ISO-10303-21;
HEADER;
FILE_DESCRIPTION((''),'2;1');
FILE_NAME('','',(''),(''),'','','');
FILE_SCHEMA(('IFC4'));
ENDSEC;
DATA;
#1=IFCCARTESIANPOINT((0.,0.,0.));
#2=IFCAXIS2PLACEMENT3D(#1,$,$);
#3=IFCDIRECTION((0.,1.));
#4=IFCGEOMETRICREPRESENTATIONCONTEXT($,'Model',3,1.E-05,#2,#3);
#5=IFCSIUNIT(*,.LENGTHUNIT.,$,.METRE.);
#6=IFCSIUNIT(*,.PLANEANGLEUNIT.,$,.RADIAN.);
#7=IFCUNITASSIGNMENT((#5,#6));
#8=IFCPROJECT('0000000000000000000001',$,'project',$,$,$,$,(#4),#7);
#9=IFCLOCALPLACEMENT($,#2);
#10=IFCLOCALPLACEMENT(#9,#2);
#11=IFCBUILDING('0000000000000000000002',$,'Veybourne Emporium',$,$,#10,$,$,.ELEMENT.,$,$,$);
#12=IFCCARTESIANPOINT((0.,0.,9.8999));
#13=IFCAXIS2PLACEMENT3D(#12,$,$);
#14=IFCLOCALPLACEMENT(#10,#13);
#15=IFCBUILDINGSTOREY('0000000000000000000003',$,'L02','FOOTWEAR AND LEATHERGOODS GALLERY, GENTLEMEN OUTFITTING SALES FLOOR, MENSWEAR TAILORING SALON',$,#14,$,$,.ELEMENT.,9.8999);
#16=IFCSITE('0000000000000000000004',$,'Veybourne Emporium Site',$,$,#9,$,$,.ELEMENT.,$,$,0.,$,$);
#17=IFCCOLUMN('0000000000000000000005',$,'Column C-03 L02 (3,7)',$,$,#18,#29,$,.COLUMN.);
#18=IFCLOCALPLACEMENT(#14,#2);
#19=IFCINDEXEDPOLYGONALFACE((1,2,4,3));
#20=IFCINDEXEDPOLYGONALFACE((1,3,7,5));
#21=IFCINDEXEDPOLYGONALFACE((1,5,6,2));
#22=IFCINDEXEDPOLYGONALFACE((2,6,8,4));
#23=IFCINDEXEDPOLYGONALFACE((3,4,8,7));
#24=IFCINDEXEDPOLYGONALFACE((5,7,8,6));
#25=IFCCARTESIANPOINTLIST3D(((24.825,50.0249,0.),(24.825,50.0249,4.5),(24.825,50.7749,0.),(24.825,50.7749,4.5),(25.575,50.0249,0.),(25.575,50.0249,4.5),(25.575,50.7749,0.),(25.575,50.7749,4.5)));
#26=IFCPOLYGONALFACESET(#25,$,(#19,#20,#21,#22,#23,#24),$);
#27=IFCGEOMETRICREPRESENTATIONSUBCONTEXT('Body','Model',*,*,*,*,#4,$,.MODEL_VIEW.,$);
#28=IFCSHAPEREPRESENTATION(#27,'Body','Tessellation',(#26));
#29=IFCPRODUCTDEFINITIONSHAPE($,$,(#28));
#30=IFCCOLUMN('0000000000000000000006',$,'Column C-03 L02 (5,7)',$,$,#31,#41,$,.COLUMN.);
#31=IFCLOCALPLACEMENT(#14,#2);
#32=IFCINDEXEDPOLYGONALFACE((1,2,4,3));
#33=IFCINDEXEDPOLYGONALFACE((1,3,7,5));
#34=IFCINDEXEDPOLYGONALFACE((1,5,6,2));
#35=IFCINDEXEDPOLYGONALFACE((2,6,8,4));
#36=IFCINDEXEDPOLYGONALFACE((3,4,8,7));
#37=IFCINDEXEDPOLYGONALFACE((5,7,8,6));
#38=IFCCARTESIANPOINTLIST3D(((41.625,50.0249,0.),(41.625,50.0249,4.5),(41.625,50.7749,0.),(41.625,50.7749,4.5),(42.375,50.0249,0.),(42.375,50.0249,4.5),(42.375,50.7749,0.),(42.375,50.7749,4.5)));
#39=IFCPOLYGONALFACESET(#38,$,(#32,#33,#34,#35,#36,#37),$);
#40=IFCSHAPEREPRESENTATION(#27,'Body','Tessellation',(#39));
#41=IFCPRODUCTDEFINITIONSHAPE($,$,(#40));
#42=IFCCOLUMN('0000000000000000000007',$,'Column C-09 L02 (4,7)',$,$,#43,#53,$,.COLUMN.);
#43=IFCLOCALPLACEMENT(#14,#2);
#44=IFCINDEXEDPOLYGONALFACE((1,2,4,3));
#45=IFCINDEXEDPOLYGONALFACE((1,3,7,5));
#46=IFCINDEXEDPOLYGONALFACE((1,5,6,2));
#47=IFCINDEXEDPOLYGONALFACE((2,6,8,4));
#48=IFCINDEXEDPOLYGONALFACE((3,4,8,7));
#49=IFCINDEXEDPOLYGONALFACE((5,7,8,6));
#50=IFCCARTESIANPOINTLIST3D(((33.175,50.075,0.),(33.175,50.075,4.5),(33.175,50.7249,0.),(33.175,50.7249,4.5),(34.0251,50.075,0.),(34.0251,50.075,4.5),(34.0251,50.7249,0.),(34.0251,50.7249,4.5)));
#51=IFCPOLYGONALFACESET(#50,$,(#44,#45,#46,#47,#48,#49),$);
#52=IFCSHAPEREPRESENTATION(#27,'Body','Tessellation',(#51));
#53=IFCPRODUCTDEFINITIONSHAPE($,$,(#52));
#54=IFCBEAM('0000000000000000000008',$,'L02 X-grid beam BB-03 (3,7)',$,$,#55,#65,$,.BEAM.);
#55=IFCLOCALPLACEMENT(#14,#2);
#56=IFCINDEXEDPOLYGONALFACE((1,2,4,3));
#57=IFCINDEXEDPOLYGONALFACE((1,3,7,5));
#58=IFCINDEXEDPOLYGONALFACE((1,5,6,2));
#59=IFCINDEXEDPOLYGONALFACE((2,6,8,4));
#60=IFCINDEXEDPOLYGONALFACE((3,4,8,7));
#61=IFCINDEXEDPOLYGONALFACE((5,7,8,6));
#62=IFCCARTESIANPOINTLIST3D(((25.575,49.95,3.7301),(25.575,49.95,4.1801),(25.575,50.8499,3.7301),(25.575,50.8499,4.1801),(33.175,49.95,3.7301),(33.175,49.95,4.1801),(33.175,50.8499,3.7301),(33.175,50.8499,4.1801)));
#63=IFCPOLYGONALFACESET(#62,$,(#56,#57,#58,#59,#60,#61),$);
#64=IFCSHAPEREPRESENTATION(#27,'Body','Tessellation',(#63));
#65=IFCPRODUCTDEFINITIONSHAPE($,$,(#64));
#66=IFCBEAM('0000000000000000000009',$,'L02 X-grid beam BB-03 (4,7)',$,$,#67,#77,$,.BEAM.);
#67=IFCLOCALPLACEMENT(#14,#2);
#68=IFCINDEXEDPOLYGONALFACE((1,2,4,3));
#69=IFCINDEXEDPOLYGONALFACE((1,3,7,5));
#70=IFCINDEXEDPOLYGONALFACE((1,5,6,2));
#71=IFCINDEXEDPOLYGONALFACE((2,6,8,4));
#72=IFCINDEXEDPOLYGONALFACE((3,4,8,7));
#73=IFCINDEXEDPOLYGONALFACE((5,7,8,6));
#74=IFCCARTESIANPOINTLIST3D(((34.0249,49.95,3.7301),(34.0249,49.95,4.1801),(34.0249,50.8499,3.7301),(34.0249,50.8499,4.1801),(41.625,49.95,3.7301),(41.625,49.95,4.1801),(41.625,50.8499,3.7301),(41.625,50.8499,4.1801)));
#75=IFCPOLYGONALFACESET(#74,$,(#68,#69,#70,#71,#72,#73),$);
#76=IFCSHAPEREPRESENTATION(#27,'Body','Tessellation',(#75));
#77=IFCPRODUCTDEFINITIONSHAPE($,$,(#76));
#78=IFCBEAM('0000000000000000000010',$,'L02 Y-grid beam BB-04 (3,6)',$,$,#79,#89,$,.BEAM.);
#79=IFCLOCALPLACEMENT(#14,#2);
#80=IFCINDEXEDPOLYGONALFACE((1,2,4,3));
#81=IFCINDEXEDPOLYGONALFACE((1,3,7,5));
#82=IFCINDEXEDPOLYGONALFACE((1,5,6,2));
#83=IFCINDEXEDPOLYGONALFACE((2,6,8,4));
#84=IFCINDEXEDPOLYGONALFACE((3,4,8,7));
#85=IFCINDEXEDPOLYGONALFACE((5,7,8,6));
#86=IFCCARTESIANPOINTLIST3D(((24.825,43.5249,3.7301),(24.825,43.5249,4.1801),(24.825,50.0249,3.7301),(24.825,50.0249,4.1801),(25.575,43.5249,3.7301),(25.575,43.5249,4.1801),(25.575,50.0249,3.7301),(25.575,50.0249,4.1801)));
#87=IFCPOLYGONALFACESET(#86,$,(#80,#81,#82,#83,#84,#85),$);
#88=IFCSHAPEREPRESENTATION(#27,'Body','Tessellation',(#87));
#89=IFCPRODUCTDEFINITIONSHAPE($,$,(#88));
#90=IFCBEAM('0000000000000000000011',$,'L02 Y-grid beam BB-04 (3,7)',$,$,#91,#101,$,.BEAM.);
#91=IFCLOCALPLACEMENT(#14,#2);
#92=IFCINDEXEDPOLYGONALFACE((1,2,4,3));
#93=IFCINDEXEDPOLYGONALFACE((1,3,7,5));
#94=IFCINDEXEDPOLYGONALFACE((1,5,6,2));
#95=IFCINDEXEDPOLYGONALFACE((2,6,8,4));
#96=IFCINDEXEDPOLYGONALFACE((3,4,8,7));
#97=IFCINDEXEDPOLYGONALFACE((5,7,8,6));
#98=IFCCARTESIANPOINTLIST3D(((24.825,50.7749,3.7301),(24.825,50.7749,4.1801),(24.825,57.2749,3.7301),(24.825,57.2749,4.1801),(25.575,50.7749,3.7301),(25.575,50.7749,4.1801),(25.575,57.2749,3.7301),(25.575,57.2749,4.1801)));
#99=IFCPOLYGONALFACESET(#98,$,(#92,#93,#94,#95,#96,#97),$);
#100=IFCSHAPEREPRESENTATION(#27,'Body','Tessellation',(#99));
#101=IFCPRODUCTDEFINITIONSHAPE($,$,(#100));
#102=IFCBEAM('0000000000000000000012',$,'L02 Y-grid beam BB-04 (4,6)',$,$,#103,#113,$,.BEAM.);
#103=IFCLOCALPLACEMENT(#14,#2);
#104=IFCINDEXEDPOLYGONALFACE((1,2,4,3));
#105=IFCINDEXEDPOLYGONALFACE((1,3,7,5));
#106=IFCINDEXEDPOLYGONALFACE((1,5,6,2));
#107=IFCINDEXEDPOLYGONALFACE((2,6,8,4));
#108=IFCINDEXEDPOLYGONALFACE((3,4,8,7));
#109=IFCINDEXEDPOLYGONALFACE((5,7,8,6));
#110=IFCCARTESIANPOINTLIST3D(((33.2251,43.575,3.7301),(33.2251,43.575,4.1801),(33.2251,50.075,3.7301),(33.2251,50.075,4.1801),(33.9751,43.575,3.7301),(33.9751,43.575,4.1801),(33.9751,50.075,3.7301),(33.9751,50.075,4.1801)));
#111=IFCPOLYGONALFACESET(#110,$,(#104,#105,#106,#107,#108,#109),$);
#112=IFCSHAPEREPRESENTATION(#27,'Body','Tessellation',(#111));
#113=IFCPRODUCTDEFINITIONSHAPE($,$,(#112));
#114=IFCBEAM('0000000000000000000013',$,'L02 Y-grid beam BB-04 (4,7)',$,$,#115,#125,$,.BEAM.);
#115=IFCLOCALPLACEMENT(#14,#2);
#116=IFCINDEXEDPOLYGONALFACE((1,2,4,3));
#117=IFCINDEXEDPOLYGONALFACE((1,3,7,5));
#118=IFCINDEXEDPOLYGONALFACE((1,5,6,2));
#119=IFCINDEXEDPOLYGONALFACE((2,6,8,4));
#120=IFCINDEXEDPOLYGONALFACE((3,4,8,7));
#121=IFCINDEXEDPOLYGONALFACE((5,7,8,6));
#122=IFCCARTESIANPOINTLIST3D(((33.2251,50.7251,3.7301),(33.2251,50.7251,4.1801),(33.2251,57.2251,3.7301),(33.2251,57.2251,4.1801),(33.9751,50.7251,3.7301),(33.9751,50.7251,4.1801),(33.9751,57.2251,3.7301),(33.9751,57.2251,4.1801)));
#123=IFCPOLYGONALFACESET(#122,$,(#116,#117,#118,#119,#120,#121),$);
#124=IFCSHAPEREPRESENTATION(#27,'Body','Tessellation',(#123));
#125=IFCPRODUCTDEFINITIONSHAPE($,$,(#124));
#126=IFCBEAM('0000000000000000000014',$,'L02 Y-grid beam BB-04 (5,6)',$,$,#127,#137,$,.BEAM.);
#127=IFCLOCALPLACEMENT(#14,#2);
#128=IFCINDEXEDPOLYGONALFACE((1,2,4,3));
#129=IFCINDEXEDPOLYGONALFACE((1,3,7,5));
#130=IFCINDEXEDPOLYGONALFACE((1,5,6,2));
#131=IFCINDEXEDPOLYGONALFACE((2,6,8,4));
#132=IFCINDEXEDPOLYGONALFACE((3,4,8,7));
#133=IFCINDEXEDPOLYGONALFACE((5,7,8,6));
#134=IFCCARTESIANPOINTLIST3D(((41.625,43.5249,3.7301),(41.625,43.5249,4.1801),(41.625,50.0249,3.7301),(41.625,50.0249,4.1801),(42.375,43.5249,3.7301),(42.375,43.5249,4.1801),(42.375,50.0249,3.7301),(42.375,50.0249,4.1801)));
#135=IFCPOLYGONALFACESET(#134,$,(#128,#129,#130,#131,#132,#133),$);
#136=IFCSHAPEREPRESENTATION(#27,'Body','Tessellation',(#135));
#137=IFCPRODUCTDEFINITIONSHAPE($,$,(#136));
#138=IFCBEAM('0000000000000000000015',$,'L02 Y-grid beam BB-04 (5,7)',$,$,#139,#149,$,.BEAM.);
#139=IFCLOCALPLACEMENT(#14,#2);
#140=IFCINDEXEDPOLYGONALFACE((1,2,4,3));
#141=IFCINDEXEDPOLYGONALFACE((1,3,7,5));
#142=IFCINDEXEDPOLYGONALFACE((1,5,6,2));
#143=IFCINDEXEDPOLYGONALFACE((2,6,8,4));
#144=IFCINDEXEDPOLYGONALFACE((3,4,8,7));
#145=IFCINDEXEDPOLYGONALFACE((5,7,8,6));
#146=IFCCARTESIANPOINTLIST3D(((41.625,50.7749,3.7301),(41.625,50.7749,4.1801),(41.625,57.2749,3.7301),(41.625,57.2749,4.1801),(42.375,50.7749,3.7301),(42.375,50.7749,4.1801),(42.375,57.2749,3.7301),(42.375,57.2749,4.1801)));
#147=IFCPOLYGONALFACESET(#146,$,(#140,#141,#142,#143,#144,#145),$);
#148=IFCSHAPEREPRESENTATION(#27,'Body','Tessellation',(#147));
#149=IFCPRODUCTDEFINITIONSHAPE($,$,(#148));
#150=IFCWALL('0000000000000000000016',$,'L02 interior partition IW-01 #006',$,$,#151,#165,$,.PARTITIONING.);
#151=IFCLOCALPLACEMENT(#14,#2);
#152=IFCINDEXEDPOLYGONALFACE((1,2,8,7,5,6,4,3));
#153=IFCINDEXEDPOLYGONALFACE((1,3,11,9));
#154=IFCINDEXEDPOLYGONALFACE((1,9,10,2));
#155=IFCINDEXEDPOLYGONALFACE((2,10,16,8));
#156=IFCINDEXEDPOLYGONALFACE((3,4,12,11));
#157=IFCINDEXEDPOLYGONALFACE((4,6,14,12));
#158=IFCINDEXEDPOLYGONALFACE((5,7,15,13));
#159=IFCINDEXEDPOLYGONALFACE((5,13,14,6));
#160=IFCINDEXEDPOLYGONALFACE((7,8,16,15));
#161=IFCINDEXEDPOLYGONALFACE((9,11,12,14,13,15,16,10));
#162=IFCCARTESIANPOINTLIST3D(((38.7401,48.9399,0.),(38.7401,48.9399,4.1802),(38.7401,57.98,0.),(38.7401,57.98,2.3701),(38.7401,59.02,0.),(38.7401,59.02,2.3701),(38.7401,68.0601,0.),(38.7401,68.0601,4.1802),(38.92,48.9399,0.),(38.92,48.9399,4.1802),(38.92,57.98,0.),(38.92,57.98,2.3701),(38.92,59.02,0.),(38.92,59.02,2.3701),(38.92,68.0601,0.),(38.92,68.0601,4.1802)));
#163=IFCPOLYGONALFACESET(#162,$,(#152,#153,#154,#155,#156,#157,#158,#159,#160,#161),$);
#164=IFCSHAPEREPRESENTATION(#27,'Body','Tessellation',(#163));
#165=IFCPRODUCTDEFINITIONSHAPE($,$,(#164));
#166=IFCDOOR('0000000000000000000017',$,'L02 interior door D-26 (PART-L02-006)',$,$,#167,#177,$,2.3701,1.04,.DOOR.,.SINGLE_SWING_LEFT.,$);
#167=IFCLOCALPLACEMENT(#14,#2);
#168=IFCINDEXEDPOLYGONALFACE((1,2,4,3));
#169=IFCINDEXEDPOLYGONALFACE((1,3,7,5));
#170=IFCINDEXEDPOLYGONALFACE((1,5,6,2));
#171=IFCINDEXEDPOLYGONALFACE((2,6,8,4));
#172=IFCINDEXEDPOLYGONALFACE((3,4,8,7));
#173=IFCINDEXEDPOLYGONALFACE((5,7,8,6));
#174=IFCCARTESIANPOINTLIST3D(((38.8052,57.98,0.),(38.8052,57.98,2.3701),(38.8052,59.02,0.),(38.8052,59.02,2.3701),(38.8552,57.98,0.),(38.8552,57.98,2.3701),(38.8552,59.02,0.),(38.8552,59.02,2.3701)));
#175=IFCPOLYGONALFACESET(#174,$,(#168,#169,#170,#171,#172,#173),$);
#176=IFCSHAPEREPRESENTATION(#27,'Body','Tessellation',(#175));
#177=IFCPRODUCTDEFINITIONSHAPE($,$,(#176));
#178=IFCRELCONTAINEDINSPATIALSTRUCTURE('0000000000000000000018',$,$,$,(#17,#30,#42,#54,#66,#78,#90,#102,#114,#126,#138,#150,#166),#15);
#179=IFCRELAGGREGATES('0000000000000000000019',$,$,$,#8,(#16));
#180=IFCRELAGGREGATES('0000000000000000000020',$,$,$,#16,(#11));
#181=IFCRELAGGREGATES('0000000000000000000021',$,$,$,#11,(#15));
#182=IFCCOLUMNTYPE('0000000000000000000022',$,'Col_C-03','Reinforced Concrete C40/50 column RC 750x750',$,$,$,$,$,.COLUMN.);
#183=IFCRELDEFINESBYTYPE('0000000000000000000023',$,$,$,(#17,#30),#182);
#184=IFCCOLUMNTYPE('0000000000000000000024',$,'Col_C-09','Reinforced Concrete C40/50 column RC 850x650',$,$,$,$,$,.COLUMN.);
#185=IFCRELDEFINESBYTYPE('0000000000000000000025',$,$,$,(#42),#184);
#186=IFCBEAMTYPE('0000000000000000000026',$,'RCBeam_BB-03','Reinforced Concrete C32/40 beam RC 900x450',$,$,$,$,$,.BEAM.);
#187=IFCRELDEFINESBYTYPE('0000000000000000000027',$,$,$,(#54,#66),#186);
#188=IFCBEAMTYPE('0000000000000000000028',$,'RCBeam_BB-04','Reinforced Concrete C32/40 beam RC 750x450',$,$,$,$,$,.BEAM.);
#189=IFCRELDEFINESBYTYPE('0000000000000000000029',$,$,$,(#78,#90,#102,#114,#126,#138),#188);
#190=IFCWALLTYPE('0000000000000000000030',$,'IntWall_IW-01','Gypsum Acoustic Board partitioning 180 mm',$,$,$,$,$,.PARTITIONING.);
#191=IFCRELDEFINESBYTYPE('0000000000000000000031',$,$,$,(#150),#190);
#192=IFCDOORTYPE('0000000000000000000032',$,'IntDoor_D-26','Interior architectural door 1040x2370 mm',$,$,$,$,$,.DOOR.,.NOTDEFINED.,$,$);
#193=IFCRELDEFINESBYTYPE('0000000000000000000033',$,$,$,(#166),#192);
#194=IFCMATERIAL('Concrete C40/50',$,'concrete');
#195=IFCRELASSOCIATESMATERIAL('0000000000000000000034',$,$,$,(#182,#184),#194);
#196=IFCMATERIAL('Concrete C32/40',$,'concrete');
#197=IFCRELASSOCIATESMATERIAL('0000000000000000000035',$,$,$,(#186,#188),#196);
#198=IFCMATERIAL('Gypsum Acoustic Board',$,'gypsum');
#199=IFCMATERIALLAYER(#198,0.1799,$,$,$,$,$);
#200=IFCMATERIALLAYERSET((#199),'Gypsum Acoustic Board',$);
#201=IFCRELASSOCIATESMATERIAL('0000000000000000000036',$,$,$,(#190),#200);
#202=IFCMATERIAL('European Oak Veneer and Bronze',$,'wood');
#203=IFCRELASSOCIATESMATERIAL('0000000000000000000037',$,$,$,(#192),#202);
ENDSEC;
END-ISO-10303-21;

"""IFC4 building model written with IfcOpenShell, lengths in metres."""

from ifc_helpers import new_model, si_unit, direction, frame, frame_2d, origin, origin_2d, place, context, subcontext, project, spatial, rectangle, extrude, material, layer, layer_set, material_profile, profile_set, type_object, element, fill, save


model = new_model("IFC4")

# Units and contexts
model_context = context("Model", 3, precision=1e-05, world=origin(), true_north=direction((0.0, 1.0)))
body_context = subcontext(model_context, "Body", "Model", "MODEL_VIEW")
ifc_project = project(units=[si_unit("LENGTHUNIT", "METRE"), si_unit("PLANEANGLEUNIT", "RADIAN")], contexts=[model_context])

# Site, building, storey
site_placement = place(None, origin())
site = spatial("IfcSite", under=ifc_project, at=site_placement, Name="Veybourne Emporium Site", CompositionType="ELEMENT", RefElevation=0.0)
building_placement = place(site_placement, origin())
building = spatial("IfcBuilding", under=site, at=building_placement, Name="Veybourne Emporium", CompositionType="ELEMENT")
storey_placement = place(building_placement, frame((0.0, 0.0, 9.8999)))
storey = spatial("IfcBuildingStorey", under=building, at=storey_placement, Name="L02", Description="FOOTWEAR AND LEATHERGOODS GALLERY, GENTLEMEN OUTFITTING SALES FLOOR, MENSWEAR TAILORING SALON", CompositionType="ELEMENT", Elevation=9.8999)

# Columns
ifc_material_1 = material(Name="Concrete C40/50", Category="concrete")
ifc_material_profile_1 = material_profile(ifc_material_1, rectangle(XDim=0.75, YDim=0.75, at=origin_2d()), Name="RC 750x750")
ifc_profile_set_1 = profile_set([ifc_material_profile_1], Name="Concrete C40/50")
column_type_1 = type_object("IfcColumnType", Name="Col_C-03", Description="Reinforced Concrete C40/50 column RC 750x750", PredefinedType="COLUMN", material=ifc_profile_set_1)
for number, where, z_axis, x_axis, name in (
    (1, (25.2, 50.3999, 0.0), (0.0, 0.0, 1.0), (1.0, 0.0, 0.0), "Column C-03 L02 (3,7)"),
    (2, (42.0, 50.3999, 0.0), (0.0, 0.0, 1.0), (1.0, 0.0, 0.0), "Column C-03 L02 (5,7)"),
):
    element("IfcColumn", number, at=place(storey_placement, frame(where, z_axis=z_axis, x_axis=x_axis)), inside=storey, type_object=column_type_1, Name=name, PredefinedType="COLUMN", context=body_context, shape_type="SweptSolid", body=[
        extrude(rectangle(XDim=0.75, YDim=0.75, at=origin_2d()), origin(), (0.0, 0.0, 1.0), 4.5),
    ])
ifc_material_profile_2 = material_profile(ifc_material_1, rectangle(XDim=0.8501, YDim=0.6499, at=origin_2d()), Name="RC 850x650")
ifc_profile_set_2 = profile_set([ifc_material_profile_2], Name="Concrete C40/50")
column_type_2 = type_object("IfcColumnType", Name="Col_C-09", Description="Reinforced Concrete C40/50 column RC 850x650", PredefinedType="COLUMN", material=ifc_profile_set_2)
column_placement = place(storey_placement, frame((33.6001, 50.3999, 0.0), z_axis=(0.0, 0.0, 1.0), x_axis=(1.0, 0.0, 0.0)))
element("IfcColumn", 3, at=column_placement, inside=storey, type_object=column_type_2, Name="Column C-09 L02 (4,7)", PredefinedType="COLUMN", context=body_context, shape_type="SweptSolid", body=[
    extrude(rectangle(XDim=0.8501, YDim=0.6499, at=origin_2d()), origin(), (0.0, 0.0, 1.0), 4.5),
])

# Beams
ifc_material_2 = material(Name="Concrete C32/40", Category="concrete")
ifc_material_profile_3 = material_profile(ifc_material_2, rectangle(XDim=0.8999, YDim=0.45, at=origin_2d()), Name="RC 900x450")
ifc_profile_set_3 = profile_set([ifc_material_profile_3], Name="Concrete C32/40")
beam_type_1 = type_object("IfcBeamType", Name="RCBeam_BB-03", Description="Reinforced Concrete C32/40 beam RC 900x450", PredefinedType="BEAM", material=ifc_profile_set_3)
for number, where, z_axis, x_axis, name in (
    (4, (25.575, 50.3999, 3.9551), (1.0, 0.0, 0.0), (0.0, 1.0, 0.0), "L02 X-grid beam BB-03 (3,7)"),
    (5, (34.0249, 50.3999, 3.9551), (1.0, 0.0, 0.0), (0.0, 1.0, 0.0), "L02 X-grid beam BB-03 (4,7)"),
):
    element("IfcBeam", number, at=place(storey_placement, frame(where, z_axis=z_axis, x_axis=x_axis)), inside=storey, type_object=beam_type_1, Name=name, PredefinedType="BEAM", context=body_context, shape_type="SweptSolid", body=[
        extrude(rectangle(XDim=0.8999, YDim=0.45, at=origin_2d()), origin(), (0.0, 0.0, 1.0), 7.6001),
    ])
ifc_material_profile_4 = material_profile(ifc_material_2, rectangle(XDim=0.75, YDim=0.45, at=origin_2d()), Name="RC 750x450")
ifc_profile_set_4 = profile_set([ifc_material_profile_4], Name="Concrete C32/40")
beam_type_2 = type_object("IfcBeamType", Name="RCBeam_BB-04", Description="Reinforced Concrete C32/40 beam RC 750x450", PredefinedType="BEAM", material=ifc_profile_set_4)
for number, where, z_axis, x_axis, name in (
    (6, (25.2, 43.5249, 3.9551), (0.0, 1.0, 0.0), (-1.0, 0.0, 0.0), "L02 Y-grid beam BB-04 (3,6)"),
    (7, (25.2, 50.7749, 3.9551), (0.0, 1.0, 0.0), (-1.0, 0.0, 0.0), "L02 Y-grid beam BB-04 (3,7)"),
    (8, (33.6001, 43.575, 3.9551), (0.0, 1.0, 0.0), (-1.0, 0.0, 0.0), "L02 Y-grid beam BB-04 (4,6)"),
    (9, (33.6001, 50.7251, 3.9551), (0.0, 1.0, 0.0), (-1.0, 0.0, 0.0), "L02 Y-grid beam BB-04 (4,7)"),
    (10, (42.0, 43.5249, 3.9551), (0.0, 1.0, 0.0), (-1.0, 0.0, 0.0), "L02 Y-grid beam BB-04 (5,6)"),
    (11, (42.0, 50.7749, 3.9551), (0.0, 1.0, 0.0), (-1.0, 0.0, 0.0), "L02 Y-grid beam BB-04 (5,7)"),
):
    element("IfcBeam", number, at=place(storey_placement, frame(where, z_axis=z_axis, x_axis=x_axis)), inside=storey, type_object=beam_type_2, Name=name, PredefinedType="BEAM", context=body_context, shape_type="SweptSolid", body=[
        extrude(rectangle(XDim=0.75, YDim=0.45, at=origin_2d()), origin(), (0.0, 0.0, 1.0), 6.5),
    ])

# Wall, opening, door
ifc_material_3 = material(Name="Gypsum Acoustic Board", Category="gypsum")
ifc_layer_1 = layer(ifc_material_3, 0.1799)
ifc_layer_set_1 = layer_set([ifc_layer_1], Name="Gypsum Acoustic Board")
wall_type_1 = type_object("IfcWallType", Name="IntWall_IW-01", Description="Gypsum Acoustic Board partitioning 180 mm", PredefinedType="PARTITIONING", material=ifc_layer_set_1)
wall_1_placement = place(storey_placement, frame((38.8301, 48.9399, 0.0), z_axis=(0.0, 0.0, 1.0), x_axis=(0.0, 1.0, 0.0)))
wall_1 = element("IfcWall", 12, at=wall_1_placement, inside=storey, type_object=wall_type_1, Name="L02 interior partition IW-01 #006", PredefinedType="PARTITIONING", context=body_context, shape_type="SweptSolid", body=[
    extrude(rectangle(XDim=19.1201, YDim=0.1799, at=frame_2d((9.5601, 0.0))), origin(), (0.0, 0.0, 1.0), 4.1802),
])
opening_1_placement = place(wall_1_placement, frame((9.04, 0.0, 0.0)))
opening_1 = element("IfcOpeningElement", 13, at=opening_1_placement, cuts=wall_1, PredefinedType="OPENING", context=body_context, shape_type="SweptSolid", body=[
    extrude(rectangle(XDim=1.04, YDim=2.3701, at=frame_2d((0.52, 1.1851))), frame((0.0, 0.1099, 0.0), z_axis=(0.0, -1.0, 0.0), x_axis=(1.0, 0.0, 0.0)), (0.0, 0.0, 1.0), 0.22),
])
ifc_material_4 = material(Name="European Oak Veneer and Bronze", Category="wood")
door_type_1 = type_object("IfcDoorType", Name="IntDoor_D-26", Description="Interior architectural door 1040x2370 mm", OperationType="NOTDEFINED", PredefinedType="DOOR", material=ifc_material_4)
door_1_placement = place(opening_1_placement, origin())
door_1 = element("IfcDoor", 14, at=door_1_placement, inside=storey, type_object=door_type_1, Name="L02 interior door D-26 (PART-L02-006)", OperationType="SINGLE_SWING_LEFT", OverallHeight=2.3701, OverallWidth=1.04, PredefinedType="DOOR", context=body_context, shape_type="SweptSolid", body=[
    extrude(rectangle(XDim=1.04, YDim=2.3701, at=frame_2d((0.52, 1.1851))), frame((0.0, 0.0249, 0.0), z_axis=(0.0, -1.0, 0.0), x_axis=(1.0, 0.0, 0.0)), (0.0, 0.0, 1.0), 0.05),
])
fill(opening_1, door_1)

save(model, "model.ifc")
